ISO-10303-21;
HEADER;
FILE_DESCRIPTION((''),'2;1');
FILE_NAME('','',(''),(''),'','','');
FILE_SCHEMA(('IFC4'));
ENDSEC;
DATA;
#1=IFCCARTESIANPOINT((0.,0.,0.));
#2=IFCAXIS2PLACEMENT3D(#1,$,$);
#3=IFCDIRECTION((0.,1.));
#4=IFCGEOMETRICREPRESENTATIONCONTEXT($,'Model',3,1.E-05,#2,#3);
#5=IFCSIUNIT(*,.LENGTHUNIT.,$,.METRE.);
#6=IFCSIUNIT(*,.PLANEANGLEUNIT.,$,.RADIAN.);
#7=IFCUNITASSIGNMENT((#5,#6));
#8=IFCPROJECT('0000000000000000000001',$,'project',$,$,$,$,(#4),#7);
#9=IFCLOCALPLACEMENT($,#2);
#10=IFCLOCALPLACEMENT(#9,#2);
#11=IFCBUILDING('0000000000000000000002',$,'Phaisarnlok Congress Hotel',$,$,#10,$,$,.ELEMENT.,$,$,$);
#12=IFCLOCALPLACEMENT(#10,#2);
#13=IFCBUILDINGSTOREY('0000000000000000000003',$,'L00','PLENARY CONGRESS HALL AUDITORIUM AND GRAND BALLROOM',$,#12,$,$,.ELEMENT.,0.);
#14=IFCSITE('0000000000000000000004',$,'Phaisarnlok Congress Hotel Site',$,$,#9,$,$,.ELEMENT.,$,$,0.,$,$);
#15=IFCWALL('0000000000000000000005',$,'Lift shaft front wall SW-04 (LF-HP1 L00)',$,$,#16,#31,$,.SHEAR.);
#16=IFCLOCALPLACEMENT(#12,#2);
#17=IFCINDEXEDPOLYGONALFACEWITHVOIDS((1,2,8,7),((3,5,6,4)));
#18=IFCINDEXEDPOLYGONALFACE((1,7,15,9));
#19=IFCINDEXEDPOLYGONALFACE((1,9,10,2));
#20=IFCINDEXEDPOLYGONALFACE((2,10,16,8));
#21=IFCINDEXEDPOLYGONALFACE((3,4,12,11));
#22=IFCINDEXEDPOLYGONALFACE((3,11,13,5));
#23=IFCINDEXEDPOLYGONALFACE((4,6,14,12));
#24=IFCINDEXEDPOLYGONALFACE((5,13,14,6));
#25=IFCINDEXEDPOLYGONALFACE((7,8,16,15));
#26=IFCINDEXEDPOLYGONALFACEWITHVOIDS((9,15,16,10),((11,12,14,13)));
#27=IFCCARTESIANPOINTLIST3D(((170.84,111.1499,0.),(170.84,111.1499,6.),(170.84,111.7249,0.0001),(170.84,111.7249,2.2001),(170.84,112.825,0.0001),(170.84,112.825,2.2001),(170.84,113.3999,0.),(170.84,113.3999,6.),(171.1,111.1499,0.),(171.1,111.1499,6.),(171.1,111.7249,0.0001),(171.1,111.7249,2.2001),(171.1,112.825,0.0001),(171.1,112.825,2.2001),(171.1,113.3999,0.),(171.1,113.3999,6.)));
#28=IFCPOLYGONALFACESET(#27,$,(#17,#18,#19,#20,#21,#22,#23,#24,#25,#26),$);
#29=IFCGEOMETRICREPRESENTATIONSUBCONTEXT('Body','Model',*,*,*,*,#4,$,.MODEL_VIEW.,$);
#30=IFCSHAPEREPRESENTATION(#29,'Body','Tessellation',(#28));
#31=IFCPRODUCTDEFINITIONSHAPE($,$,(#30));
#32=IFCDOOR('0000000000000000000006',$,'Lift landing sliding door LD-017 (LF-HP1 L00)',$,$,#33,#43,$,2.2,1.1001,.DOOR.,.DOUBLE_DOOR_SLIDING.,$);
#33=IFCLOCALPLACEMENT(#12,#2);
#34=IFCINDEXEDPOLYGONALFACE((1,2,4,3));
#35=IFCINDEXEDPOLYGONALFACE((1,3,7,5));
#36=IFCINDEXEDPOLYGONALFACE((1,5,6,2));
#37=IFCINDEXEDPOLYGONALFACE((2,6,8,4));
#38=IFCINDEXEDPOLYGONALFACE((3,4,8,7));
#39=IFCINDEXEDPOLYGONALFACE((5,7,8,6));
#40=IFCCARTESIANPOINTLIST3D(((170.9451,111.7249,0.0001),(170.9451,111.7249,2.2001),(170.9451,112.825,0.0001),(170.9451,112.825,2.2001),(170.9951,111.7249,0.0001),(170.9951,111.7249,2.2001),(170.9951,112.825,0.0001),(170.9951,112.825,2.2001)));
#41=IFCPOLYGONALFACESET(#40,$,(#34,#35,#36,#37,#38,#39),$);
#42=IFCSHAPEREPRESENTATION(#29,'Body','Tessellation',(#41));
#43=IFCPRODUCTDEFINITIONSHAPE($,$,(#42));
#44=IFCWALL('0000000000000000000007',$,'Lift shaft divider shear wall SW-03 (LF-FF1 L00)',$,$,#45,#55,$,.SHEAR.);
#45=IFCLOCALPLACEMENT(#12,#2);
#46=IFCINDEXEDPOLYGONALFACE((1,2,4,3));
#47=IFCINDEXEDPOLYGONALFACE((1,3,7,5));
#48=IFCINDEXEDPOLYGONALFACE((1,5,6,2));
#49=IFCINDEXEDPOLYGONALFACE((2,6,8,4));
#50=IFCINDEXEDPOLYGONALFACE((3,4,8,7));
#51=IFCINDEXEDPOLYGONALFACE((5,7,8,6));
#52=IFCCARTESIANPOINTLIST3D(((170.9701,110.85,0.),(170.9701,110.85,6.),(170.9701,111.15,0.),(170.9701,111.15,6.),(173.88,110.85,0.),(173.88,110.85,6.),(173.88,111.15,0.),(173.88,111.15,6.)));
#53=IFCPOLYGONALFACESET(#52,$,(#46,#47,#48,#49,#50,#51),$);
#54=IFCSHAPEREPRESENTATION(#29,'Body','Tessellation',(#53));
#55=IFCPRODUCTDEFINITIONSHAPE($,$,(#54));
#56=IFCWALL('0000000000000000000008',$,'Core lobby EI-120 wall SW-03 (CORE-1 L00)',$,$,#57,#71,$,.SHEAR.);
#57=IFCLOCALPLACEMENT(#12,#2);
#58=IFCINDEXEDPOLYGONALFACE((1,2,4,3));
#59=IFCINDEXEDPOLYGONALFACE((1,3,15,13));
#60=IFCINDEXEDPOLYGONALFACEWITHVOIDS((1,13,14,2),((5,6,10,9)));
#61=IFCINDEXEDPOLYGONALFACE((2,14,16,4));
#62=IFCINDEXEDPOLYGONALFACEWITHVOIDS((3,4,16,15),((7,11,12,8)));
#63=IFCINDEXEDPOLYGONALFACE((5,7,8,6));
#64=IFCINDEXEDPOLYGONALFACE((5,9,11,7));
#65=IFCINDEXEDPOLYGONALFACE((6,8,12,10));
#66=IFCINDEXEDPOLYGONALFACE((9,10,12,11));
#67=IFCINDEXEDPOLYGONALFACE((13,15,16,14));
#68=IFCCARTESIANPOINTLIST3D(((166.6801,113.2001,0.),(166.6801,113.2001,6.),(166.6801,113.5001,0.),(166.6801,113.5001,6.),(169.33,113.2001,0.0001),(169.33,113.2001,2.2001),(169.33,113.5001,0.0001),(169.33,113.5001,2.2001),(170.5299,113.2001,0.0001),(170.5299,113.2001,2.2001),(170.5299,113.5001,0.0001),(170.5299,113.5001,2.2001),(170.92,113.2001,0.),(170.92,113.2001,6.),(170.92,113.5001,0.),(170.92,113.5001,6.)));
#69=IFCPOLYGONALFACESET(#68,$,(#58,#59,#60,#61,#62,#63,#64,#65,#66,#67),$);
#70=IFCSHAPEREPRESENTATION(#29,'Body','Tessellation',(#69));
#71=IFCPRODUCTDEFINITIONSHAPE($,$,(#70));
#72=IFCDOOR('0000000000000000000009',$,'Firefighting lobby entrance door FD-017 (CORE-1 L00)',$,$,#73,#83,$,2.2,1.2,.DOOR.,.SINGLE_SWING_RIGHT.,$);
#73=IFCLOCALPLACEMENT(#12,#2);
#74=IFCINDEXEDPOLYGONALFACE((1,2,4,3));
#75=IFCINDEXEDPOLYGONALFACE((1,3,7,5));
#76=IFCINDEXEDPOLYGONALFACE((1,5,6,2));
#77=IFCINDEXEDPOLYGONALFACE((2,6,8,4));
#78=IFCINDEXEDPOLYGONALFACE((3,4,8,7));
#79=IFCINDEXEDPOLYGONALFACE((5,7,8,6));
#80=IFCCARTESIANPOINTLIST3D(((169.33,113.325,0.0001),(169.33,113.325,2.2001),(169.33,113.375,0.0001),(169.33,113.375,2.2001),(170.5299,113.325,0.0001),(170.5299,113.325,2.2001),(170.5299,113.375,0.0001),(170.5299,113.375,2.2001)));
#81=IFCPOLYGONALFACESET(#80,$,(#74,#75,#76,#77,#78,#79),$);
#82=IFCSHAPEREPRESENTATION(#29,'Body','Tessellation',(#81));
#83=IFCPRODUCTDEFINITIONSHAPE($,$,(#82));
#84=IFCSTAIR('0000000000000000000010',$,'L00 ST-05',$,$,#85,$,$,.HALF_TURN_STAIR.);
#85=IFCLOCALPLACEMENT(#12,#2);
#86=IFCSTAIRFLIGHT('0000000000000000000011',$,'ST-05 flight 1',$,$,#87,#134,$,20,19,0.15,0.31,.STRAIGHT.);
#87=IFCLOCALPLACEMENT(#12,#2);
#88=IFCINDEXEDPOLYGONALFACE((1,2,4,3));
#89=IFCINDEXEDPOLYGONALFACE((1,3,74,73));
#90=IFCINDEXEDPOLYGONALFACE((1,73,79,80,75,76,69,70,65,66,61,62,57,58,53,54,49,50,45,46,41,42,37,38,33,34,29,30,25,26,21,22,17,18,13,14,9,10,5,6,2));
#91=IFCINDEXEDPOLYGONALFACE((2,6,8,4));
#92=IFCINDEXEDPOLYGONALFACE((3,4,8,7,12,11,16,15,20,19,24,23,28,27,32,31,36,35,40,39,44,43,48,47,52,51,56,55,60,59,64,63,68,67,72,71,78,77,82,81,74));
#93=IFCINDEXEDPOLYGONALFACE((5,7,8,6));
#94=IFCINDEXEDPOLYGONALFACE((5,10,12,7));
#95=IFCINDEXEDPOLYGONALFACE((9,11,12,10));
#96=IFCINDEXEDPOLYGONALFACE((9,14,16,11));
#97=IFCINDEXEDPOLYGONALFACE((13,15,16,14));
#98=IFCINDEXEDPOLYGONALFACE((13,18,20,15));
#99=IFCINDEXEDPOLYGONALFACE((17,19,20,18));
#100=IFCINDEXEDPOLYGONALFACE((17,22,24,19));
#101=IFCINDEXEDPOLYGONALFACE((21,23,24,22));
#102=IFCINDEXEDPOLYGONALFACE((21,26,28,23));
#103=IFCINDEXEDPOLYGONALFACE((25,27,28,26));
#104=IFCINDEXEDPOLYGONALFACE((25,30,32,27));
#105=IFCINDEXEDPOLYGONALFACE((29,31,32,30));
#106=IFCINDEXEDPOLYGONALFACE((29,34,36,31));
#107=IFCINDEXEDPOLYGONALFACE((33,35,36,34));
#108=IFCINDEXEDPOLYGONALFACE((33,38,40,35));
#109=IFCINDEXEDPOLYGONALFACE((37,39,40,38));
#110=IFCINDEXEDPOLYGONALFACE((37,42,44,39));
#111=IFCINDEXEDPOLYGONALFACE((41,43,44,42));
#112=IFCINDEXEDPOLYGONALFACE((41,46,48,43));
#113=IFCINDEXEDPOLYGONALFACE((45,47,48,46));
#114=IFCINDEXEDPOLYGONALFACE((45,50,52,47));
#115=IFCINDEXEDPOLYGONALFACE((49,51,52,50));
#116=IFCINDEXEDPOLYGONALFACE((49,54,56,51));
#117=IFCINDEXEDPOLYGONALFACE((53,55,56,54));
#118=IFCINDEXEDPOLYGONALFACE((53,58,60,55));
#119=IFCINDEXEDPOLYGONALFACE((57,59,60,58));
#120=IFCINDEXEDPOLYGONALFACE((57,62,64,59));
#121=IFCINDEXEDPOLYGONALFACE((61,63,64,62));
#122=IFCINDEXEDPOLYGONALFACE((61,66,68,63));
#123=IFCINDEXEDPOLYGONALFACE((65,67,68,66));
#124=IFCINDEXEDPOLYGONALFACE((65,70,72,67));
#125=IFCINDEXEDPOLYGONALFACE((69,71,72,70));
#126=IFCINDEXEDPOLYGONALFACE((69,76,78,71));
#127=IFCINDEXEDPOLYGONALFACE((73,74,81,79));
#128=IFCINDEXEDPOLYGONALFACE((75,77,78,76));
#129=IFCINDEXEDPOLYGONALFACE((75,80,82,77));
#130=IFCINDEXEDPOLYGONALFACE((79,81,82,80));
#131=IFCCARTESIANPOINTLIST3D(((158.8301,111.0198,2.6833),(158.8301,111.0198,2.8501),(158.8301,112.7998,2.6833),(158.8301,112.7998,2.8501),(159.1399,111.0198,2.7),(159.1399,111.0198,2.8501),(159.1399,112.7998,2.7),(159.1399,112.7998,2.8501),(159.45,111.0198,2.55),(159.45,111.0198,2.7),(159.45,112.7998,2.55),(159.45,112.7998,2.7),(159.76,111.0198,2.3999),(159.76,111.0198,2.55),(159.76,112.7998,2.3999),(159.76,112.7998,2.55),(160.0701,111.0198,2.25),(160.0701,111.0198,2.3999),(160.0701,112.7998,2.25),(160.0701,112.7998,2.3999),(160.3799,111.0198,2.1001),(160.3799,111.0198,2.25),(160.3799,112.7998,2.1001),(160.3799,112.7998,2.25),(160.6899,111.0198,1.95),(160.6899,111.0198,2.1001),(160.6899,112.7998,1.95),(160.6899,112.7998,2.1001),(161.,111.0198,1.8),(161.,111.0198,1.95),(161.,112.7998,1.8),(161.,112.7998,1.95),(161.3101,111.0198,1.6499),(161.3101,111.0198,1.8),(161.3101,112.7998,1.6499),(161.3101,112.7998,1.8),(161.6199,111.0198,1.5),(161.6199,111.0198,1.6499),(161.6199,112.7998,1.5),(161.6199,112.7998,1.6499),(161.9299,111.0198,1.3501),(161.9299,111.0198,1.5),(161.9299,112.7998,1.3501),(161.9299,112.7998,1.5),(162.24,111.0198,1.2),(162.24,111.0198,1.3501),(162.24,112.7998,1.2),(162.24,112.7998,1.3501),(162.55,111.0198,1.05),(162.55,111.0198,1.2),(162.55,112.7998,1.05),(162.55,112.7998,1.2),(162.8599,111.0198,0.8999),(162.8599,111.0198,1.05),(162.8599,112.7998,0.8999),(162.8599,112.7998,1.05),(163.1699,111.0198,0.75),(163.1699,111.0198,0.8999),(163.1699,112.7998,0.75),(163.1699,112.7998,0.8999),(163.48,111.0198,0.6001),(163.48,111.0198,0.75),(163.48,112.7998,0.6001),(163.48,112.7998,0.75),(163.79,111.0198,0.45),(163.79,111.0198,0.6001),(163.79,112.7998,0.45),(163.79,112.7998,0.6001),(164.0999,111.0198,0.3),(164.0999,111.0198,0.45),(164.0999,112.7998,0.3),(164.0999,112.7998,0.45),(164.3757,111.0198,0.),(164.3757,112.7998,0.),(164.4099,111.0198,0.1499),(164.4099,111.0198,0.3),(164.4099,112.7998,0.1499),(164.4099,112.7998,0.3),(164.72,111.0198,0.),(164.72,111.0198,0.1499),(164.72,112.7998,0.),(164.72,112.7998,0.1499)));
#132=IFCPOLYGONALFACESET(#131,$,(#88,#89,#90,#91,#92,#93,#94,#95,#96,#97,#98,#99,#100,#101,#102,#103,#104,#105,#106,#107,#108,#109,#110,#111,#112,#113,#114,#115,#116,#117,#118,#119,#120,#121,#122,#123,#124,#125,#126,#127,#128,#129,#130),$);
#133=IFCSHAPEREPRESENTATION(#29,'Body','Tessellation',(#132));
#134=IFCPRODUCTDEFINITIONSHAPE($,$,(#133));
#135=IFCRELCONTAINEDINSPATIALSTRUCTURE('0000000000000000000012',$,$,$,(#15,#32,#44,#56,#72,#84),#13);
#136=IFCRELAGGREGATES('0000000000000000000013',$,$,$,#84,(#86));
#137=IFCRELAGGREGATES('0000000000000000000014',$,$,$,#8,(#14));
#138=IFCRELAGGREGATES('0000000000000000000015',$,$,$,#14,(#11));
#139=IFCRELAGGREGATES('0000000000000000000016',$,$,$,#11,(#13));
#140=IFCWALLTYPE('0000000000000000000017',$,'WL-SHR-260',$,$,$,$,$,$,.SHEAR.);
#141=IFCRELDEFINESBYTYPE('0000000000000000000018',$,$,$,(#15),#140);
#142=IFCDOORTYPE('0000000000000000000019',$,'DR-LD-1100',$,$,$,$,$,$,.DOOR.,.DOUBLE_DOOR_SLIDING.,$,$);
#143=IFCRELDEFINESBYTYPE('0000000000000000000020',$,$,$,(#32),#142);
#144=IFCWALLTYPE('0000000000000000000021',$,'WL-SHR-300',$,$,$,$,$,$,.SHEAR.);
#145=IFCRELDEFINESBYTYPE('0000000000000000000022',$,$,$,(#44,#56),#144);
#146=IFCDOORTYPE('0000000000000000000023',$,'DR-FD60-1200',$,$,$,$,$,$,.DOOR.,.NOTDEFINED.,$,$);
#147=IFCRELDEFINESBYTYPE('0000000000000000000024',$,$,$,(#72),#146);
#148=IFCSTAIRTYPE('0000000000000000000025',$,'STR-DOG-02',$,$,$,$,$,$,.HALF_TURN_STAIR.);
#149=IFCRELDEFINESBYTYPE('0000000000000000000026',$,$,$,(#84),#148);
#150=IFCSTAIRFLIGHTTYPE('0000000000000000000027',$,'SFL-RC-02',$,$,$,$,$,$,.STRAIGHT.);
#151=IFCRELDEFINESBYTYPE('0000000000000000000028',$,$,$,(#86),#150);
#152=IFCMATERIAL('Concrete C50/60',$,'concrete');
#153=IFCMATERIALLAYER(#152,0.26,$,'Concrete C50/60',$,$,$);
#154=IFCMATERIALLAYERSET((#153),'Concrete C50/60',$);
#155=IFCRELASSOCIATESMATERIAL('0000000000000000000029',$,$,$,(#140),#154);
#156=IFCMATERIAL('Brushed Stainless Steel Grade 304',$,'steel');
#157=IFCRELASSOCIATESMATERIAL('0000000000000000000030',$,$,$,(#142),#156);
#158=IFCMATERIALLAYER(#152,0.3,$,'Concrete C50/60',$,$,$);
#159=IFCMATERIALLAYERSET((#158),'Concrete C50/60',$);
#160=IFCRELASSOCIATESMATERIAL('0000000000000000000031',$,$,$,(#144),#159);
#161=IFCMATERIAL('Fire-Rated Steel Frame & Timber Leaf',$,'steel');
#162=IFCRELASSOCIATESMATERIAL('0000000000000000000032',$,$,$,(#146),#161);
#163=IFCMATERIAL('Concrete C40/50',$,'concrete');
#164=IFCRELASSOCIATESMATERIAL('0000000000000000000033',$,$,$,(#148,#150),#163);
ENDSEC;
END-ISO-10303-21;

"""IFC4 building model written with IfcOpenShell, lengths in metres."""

from ifc_helpers import new_model, si_unit, direction, frame, frame_2d, origin, place, context, subcontext, project, spatial, polyline, rectangle, outline, extrude, material, layer, layer_set, type_object, element, fill, aggregate, save


model = new_model("IFC4")

# Units and contexts
model_context = context("Model", 3, precision=1e-05, world=origin(), true_north=direction((0.0, 1.0)))
body_context = subcontext(model_context, "Body", "Model", "MODEL_VIEW")
ifc_project = project(units=[si_unit("LENGTHUNIT", "METRE"), si_unit("PLANEANGLEUNIT", "RADIAN")], contexts=[model_context])

# Site, building, storey
site_placement = place(None, origin())
site = spatial("IfcSite", under=ifc_project, at=site_placement, Name="Phaisarnlok Congress Hotel Site", CompositionType="ELEMENT", RefElevation=0.0)
building_placement = place(site_placement, origin())
building = spatial("IfcBuilding", under=site, at=building_placement, Name="Phaisarnlok Congress Hotel", CompositionType="ELEMENT")
storey_placement = place(building_placement, origin())
storey = spatial("IfcBuildingStorey", under=building, at=storey_placement, Name="L00", Description="PLENARY CONGRESS HALL AUDITORIUM AND GRAND BALLROOM", CompositionType="ELEMENT", Elevation=0.0)

# Shared definitions
ifc_material_1 = material(Name="Concrete C50/60", Category="concrete")

# Shared definitions
ifc_material_2 = material(Name="Concrete C40/50", Category="concrete")

# Shared definitions
ifc_layer_1 = layer(ifc_material_1, 0.26, Name="Concrete C50/60")
ifc_layer_set_1 = layer_set([ifc_layer_1], Name="Concrete C50/60")
wall_type_1 = type_object("IfcWallType", Name="WL-SHR-260", PredefinedType="SHEAR", material=ifc_layer_set_1)
ifc_material_3 = material(Name="Fire-Rated Steel Frame & Timber Leaf", Category="steel")

# Wall, opening, door
wall_1_placement = place(storey_placement, frame((170.97, 111.1499, 0.0), z_axis=(0.0, 0.0, 1.0), x_axis=(0.0, 1.0, 0.0)))
wall_1 = element("IfcWall", 1, at=wall_1_placement, inside=storey, type_object=wall_type_1, Name="Lift shaft front wall SW-04 (LF-HP1 L00)", PredefinedType="SHEAR", context=body_context, shape_type="SweptSolid", body=[
    extrude(rectangle(XDim=2.25, YDim=0.26, at=frame_2d((1.125, 0.0))), origin(), (0.0, 0.0, 1.0), 6.0),
])
opening_1_placement = place(wall_1_placement, frame((0.575, 0.0, 0.0)))
opening_1 = element("IfcOpeningElement", 2, at=opening_1_placement, cuts=wall_1, PredefinedType="OPENING", context=body_context, shape_type="SweptSolid", body=[
    extrude(rectangle(XDim=1.1001, YDim=2.2, at=frame_2d((0.55, 1.1001))), frame((0.0, 0.1401, 0.0), z_axis=(0.0, -1.0, 0.0), x_axis=(1.0, 0.0, 0.0)), (0.0, 0.0, 1.0), 0.28),
])
ifc_material_4 = material(Name="Brushed Stainless Steel Grade 304", Category="steel")
door_type_1 = type_object("IfcDoorType", Name="DR-LD-1100", OperationType="DOUBLE_DOOR_SLIDING", PredefinedType="DOOR", material=ifc_material_4)
door_1_placement = place(opening_1_placement, origin())
door_1 = element("IfcDoor", 3, at=door_1_placement, inside=storey, type_object=door_type_1, Name="Lift landing sliding door LD-017 (LF-HP1 L00)", OperationType="DOUBLE_DOOR_SLIDING", OverallHeight=2.2, OverallWidth=1.1001, PredefinedType="DOOR", context=body_context, shape_type="SweptSolid", body=[
    extrude(rectangle(XDim=1.1001, YDim=2.2, at=frame_2d((0.55, 1.1001))), frame((0.0, 0.0249, 0.0), z_axis=(0.0, -1.0, 0.0), x_axis=(1.0, 0.0, 0.0)), (0.0, 0.0, 1.0), 0.05),
])
fill(opening_1, door_1)

# Wall
ifc_layer_2 = layer(ifc_material_1, 0.3, Name="Concrete C50/60")
ifc_layer_set_2 = layer_set([ifc_layer_2], Name="Concrete C50/60")
wall_type_2 = type_object("IfcWallType", Name="WL-SHR-300", PredefinedType="SHEAR", material=ifc_layer_set_2)
wall_2_placement = place(storey_placement, frame((170.97, 111.0, 0.0), z_axis=(0.0, 0.0, 1.0), x_axis=(1.0, 0.0, 0.0)))
element("IfcWall", 4, at=wall_2_placement, inside=storey, type_object=wall_type_2, Name="Lift shaft divider shear wall SW-03 (LF-FF1 L00)", PredefinedType="SHEAR", context=body_context, shape_type="SweptSolid", body=[
    extrude(rectangle(XDim=2.9099, YDim=0.3, at=frame_2d((1.4551, 0.0))), origin(), (0.0, 0.0, 1.0), 6.0),
])

# Wall, opening, door
wall_3_placement = place(storey_placement, frame((166.6799, 113.3501, 0.0), z_axis=(0.0, 0.0, 1.0), x_axis=(1.0, 0.0, 0.0)))
wall_3 = element("IfcWall", 5, at=wall_3_placement, inside=storey, type_object=wall_type_2, Name="Core lobby EI-120 wall SW-03 (CORE-1 L00)", PredefinedType="SHEAR", context=body_context, shape_type="SweptSolid", body=[
    extrude(rectangle(XDim=4.24, YDim=0.3, at=frame_2d((2.1201, 0.0))), origin(), (0.0, 0.0, 1.0), 6.0),
])
opening_2_placement = place(wall_3_placement, frame((2.6499, 0.0, 0.0)))
opening_2 = element("IfcOpeningElement", 6, at=opening_2_placement, cuts=wall_3, PredefinedType="OPENING", context=body_context, shape_type="SweptSolid", body=[
    extrude(rectangle(XDim=1.2, YDim=2.2, at=frame_2d((0.6001, 1.1001))), frame((0.0, 0.1602, 0.0), z_axis=(0.0, -1.0, 0.0), x_axis=(1.0, 0.0, 0.0)), (0.0, 0.0, 1.0), 0.3201),
])
door_type_2 = type_object("IfcDoorType", Name="DR-FD60-1200", OperationType="NOTDEFINED", PredefinedType="DOOR", material=ifc_material_3)
door_2_placement = place(opening_2_placement, origin())
door_2 = element("IfcDoor", 7, at=door_2_placement, inside=storey, type_object=door_type_2, Name="Firefighting lobby entrance door FD-017 (CORE-1 L00)", OperationType="SINGLE_SWING_RIGHT", OverallHeight=2.2, OverallWidth=1.2, PredefinedType="DOOR", context=body_context, shape_type="SweptSolid", body=[
    extrude(rectangle(XDim=1.2, YDim=2.2, at=frame_2d((0.6001, 1.1001))), frame((0.0, 0.0249, 0.0), z_axis=(0.0, -1.0, 0.0), x_axis=(1.0, 0.0, 0.0)), (0.0, 0.0, 1.0), 0.05),
])
fill(opening_2, door_2)

# Stair, stair flight
stair_type = type_object("IfcStairType", Name="STR-DOG-02", PredefinedType="HALF_TURN_STAIR", material=ifc_material_2)
stair_placement = place(storey_placement, origin())
stair = element("IfcStair", 8, at=stair_placement, inside=storey, type_object=stair_type, Name="L00 ST-05", PredefinedType="HALF_TURN_STAIR")
stair_flight_type = type_object("IfcStairFlightType", Name="SFL-RC-02", PredefinedType="STRAIGHT", material=ifc_material_2)
stair_flight_placement = place(storey_placement, frame((164.72, 111.9099, 0.0), z_axis=(0.0, 0.0, 1.0), x_axis=(-1.0, 0.0, 0.0)))
stair_flight = element("IfcStairFlight", 9, at=stair_flight_placement, type_object=stair_flight_type, Name="ST-05 flight 1", NumberOfRisers=20, NumberOfTreads=19, PredefinedType="STRAIGHT", RiserHeight=0.15, TreadLength=0.31, context=body_context, shape_type="SweptSolid", body=[
    extrude(outline(polyline([(0.0, 0.0), (0.0, 0.1499), (0.3101, 0.1499), (0.3101, 0.3), (0.6201, 0.3), (0.6201, 0.45), (0.9299, 0.45), (0.9299, 0.6001), (1.24, 0.6001), (1.24, 0.75), (1.55, 0.75), (1.55, 0.8999), (1.8601, 0.8999), (1.8601, 1.05), (2.1699, 1.05), (2.1699, 1.2), (2.48, 1.2), (2.48, 1.3501), (2.79, 1.3501), (2.79, 1.5), (3.1001, 1.5), (3.1001, 1.6499), (3.4099, 1.6499), (3.4099, 1.8), (3.72, 1.8), (3.72, 1.95), (4.03, 1.95), (4.03, 2.1001), (4.3401, 2.1001), (4.3401, 2.25), (4.6499, 2.25), (4.6499, 2.3999), (4.96, 2.3999), (4.96, 2.55), (5.27, 2.55), (5.27, 2.7), (5.5801, 2.7), (5.5801, 2.8501), (5.8899, 2.8501), (5.8899, 3.0), (5.8899, 2.6833), (0.3442, 0.0), (0.0, 0.0)])), frame((0.0, 0.8901, 0.0), z_axis=(0.0, -1.0, 0.0), x_axis=(1.0, 0.0, 0.0)), (0.0, 0.0, 1.0), 1.78),
])
aggregate(stair, [stair_flight])

save(model, "model.ifc")
